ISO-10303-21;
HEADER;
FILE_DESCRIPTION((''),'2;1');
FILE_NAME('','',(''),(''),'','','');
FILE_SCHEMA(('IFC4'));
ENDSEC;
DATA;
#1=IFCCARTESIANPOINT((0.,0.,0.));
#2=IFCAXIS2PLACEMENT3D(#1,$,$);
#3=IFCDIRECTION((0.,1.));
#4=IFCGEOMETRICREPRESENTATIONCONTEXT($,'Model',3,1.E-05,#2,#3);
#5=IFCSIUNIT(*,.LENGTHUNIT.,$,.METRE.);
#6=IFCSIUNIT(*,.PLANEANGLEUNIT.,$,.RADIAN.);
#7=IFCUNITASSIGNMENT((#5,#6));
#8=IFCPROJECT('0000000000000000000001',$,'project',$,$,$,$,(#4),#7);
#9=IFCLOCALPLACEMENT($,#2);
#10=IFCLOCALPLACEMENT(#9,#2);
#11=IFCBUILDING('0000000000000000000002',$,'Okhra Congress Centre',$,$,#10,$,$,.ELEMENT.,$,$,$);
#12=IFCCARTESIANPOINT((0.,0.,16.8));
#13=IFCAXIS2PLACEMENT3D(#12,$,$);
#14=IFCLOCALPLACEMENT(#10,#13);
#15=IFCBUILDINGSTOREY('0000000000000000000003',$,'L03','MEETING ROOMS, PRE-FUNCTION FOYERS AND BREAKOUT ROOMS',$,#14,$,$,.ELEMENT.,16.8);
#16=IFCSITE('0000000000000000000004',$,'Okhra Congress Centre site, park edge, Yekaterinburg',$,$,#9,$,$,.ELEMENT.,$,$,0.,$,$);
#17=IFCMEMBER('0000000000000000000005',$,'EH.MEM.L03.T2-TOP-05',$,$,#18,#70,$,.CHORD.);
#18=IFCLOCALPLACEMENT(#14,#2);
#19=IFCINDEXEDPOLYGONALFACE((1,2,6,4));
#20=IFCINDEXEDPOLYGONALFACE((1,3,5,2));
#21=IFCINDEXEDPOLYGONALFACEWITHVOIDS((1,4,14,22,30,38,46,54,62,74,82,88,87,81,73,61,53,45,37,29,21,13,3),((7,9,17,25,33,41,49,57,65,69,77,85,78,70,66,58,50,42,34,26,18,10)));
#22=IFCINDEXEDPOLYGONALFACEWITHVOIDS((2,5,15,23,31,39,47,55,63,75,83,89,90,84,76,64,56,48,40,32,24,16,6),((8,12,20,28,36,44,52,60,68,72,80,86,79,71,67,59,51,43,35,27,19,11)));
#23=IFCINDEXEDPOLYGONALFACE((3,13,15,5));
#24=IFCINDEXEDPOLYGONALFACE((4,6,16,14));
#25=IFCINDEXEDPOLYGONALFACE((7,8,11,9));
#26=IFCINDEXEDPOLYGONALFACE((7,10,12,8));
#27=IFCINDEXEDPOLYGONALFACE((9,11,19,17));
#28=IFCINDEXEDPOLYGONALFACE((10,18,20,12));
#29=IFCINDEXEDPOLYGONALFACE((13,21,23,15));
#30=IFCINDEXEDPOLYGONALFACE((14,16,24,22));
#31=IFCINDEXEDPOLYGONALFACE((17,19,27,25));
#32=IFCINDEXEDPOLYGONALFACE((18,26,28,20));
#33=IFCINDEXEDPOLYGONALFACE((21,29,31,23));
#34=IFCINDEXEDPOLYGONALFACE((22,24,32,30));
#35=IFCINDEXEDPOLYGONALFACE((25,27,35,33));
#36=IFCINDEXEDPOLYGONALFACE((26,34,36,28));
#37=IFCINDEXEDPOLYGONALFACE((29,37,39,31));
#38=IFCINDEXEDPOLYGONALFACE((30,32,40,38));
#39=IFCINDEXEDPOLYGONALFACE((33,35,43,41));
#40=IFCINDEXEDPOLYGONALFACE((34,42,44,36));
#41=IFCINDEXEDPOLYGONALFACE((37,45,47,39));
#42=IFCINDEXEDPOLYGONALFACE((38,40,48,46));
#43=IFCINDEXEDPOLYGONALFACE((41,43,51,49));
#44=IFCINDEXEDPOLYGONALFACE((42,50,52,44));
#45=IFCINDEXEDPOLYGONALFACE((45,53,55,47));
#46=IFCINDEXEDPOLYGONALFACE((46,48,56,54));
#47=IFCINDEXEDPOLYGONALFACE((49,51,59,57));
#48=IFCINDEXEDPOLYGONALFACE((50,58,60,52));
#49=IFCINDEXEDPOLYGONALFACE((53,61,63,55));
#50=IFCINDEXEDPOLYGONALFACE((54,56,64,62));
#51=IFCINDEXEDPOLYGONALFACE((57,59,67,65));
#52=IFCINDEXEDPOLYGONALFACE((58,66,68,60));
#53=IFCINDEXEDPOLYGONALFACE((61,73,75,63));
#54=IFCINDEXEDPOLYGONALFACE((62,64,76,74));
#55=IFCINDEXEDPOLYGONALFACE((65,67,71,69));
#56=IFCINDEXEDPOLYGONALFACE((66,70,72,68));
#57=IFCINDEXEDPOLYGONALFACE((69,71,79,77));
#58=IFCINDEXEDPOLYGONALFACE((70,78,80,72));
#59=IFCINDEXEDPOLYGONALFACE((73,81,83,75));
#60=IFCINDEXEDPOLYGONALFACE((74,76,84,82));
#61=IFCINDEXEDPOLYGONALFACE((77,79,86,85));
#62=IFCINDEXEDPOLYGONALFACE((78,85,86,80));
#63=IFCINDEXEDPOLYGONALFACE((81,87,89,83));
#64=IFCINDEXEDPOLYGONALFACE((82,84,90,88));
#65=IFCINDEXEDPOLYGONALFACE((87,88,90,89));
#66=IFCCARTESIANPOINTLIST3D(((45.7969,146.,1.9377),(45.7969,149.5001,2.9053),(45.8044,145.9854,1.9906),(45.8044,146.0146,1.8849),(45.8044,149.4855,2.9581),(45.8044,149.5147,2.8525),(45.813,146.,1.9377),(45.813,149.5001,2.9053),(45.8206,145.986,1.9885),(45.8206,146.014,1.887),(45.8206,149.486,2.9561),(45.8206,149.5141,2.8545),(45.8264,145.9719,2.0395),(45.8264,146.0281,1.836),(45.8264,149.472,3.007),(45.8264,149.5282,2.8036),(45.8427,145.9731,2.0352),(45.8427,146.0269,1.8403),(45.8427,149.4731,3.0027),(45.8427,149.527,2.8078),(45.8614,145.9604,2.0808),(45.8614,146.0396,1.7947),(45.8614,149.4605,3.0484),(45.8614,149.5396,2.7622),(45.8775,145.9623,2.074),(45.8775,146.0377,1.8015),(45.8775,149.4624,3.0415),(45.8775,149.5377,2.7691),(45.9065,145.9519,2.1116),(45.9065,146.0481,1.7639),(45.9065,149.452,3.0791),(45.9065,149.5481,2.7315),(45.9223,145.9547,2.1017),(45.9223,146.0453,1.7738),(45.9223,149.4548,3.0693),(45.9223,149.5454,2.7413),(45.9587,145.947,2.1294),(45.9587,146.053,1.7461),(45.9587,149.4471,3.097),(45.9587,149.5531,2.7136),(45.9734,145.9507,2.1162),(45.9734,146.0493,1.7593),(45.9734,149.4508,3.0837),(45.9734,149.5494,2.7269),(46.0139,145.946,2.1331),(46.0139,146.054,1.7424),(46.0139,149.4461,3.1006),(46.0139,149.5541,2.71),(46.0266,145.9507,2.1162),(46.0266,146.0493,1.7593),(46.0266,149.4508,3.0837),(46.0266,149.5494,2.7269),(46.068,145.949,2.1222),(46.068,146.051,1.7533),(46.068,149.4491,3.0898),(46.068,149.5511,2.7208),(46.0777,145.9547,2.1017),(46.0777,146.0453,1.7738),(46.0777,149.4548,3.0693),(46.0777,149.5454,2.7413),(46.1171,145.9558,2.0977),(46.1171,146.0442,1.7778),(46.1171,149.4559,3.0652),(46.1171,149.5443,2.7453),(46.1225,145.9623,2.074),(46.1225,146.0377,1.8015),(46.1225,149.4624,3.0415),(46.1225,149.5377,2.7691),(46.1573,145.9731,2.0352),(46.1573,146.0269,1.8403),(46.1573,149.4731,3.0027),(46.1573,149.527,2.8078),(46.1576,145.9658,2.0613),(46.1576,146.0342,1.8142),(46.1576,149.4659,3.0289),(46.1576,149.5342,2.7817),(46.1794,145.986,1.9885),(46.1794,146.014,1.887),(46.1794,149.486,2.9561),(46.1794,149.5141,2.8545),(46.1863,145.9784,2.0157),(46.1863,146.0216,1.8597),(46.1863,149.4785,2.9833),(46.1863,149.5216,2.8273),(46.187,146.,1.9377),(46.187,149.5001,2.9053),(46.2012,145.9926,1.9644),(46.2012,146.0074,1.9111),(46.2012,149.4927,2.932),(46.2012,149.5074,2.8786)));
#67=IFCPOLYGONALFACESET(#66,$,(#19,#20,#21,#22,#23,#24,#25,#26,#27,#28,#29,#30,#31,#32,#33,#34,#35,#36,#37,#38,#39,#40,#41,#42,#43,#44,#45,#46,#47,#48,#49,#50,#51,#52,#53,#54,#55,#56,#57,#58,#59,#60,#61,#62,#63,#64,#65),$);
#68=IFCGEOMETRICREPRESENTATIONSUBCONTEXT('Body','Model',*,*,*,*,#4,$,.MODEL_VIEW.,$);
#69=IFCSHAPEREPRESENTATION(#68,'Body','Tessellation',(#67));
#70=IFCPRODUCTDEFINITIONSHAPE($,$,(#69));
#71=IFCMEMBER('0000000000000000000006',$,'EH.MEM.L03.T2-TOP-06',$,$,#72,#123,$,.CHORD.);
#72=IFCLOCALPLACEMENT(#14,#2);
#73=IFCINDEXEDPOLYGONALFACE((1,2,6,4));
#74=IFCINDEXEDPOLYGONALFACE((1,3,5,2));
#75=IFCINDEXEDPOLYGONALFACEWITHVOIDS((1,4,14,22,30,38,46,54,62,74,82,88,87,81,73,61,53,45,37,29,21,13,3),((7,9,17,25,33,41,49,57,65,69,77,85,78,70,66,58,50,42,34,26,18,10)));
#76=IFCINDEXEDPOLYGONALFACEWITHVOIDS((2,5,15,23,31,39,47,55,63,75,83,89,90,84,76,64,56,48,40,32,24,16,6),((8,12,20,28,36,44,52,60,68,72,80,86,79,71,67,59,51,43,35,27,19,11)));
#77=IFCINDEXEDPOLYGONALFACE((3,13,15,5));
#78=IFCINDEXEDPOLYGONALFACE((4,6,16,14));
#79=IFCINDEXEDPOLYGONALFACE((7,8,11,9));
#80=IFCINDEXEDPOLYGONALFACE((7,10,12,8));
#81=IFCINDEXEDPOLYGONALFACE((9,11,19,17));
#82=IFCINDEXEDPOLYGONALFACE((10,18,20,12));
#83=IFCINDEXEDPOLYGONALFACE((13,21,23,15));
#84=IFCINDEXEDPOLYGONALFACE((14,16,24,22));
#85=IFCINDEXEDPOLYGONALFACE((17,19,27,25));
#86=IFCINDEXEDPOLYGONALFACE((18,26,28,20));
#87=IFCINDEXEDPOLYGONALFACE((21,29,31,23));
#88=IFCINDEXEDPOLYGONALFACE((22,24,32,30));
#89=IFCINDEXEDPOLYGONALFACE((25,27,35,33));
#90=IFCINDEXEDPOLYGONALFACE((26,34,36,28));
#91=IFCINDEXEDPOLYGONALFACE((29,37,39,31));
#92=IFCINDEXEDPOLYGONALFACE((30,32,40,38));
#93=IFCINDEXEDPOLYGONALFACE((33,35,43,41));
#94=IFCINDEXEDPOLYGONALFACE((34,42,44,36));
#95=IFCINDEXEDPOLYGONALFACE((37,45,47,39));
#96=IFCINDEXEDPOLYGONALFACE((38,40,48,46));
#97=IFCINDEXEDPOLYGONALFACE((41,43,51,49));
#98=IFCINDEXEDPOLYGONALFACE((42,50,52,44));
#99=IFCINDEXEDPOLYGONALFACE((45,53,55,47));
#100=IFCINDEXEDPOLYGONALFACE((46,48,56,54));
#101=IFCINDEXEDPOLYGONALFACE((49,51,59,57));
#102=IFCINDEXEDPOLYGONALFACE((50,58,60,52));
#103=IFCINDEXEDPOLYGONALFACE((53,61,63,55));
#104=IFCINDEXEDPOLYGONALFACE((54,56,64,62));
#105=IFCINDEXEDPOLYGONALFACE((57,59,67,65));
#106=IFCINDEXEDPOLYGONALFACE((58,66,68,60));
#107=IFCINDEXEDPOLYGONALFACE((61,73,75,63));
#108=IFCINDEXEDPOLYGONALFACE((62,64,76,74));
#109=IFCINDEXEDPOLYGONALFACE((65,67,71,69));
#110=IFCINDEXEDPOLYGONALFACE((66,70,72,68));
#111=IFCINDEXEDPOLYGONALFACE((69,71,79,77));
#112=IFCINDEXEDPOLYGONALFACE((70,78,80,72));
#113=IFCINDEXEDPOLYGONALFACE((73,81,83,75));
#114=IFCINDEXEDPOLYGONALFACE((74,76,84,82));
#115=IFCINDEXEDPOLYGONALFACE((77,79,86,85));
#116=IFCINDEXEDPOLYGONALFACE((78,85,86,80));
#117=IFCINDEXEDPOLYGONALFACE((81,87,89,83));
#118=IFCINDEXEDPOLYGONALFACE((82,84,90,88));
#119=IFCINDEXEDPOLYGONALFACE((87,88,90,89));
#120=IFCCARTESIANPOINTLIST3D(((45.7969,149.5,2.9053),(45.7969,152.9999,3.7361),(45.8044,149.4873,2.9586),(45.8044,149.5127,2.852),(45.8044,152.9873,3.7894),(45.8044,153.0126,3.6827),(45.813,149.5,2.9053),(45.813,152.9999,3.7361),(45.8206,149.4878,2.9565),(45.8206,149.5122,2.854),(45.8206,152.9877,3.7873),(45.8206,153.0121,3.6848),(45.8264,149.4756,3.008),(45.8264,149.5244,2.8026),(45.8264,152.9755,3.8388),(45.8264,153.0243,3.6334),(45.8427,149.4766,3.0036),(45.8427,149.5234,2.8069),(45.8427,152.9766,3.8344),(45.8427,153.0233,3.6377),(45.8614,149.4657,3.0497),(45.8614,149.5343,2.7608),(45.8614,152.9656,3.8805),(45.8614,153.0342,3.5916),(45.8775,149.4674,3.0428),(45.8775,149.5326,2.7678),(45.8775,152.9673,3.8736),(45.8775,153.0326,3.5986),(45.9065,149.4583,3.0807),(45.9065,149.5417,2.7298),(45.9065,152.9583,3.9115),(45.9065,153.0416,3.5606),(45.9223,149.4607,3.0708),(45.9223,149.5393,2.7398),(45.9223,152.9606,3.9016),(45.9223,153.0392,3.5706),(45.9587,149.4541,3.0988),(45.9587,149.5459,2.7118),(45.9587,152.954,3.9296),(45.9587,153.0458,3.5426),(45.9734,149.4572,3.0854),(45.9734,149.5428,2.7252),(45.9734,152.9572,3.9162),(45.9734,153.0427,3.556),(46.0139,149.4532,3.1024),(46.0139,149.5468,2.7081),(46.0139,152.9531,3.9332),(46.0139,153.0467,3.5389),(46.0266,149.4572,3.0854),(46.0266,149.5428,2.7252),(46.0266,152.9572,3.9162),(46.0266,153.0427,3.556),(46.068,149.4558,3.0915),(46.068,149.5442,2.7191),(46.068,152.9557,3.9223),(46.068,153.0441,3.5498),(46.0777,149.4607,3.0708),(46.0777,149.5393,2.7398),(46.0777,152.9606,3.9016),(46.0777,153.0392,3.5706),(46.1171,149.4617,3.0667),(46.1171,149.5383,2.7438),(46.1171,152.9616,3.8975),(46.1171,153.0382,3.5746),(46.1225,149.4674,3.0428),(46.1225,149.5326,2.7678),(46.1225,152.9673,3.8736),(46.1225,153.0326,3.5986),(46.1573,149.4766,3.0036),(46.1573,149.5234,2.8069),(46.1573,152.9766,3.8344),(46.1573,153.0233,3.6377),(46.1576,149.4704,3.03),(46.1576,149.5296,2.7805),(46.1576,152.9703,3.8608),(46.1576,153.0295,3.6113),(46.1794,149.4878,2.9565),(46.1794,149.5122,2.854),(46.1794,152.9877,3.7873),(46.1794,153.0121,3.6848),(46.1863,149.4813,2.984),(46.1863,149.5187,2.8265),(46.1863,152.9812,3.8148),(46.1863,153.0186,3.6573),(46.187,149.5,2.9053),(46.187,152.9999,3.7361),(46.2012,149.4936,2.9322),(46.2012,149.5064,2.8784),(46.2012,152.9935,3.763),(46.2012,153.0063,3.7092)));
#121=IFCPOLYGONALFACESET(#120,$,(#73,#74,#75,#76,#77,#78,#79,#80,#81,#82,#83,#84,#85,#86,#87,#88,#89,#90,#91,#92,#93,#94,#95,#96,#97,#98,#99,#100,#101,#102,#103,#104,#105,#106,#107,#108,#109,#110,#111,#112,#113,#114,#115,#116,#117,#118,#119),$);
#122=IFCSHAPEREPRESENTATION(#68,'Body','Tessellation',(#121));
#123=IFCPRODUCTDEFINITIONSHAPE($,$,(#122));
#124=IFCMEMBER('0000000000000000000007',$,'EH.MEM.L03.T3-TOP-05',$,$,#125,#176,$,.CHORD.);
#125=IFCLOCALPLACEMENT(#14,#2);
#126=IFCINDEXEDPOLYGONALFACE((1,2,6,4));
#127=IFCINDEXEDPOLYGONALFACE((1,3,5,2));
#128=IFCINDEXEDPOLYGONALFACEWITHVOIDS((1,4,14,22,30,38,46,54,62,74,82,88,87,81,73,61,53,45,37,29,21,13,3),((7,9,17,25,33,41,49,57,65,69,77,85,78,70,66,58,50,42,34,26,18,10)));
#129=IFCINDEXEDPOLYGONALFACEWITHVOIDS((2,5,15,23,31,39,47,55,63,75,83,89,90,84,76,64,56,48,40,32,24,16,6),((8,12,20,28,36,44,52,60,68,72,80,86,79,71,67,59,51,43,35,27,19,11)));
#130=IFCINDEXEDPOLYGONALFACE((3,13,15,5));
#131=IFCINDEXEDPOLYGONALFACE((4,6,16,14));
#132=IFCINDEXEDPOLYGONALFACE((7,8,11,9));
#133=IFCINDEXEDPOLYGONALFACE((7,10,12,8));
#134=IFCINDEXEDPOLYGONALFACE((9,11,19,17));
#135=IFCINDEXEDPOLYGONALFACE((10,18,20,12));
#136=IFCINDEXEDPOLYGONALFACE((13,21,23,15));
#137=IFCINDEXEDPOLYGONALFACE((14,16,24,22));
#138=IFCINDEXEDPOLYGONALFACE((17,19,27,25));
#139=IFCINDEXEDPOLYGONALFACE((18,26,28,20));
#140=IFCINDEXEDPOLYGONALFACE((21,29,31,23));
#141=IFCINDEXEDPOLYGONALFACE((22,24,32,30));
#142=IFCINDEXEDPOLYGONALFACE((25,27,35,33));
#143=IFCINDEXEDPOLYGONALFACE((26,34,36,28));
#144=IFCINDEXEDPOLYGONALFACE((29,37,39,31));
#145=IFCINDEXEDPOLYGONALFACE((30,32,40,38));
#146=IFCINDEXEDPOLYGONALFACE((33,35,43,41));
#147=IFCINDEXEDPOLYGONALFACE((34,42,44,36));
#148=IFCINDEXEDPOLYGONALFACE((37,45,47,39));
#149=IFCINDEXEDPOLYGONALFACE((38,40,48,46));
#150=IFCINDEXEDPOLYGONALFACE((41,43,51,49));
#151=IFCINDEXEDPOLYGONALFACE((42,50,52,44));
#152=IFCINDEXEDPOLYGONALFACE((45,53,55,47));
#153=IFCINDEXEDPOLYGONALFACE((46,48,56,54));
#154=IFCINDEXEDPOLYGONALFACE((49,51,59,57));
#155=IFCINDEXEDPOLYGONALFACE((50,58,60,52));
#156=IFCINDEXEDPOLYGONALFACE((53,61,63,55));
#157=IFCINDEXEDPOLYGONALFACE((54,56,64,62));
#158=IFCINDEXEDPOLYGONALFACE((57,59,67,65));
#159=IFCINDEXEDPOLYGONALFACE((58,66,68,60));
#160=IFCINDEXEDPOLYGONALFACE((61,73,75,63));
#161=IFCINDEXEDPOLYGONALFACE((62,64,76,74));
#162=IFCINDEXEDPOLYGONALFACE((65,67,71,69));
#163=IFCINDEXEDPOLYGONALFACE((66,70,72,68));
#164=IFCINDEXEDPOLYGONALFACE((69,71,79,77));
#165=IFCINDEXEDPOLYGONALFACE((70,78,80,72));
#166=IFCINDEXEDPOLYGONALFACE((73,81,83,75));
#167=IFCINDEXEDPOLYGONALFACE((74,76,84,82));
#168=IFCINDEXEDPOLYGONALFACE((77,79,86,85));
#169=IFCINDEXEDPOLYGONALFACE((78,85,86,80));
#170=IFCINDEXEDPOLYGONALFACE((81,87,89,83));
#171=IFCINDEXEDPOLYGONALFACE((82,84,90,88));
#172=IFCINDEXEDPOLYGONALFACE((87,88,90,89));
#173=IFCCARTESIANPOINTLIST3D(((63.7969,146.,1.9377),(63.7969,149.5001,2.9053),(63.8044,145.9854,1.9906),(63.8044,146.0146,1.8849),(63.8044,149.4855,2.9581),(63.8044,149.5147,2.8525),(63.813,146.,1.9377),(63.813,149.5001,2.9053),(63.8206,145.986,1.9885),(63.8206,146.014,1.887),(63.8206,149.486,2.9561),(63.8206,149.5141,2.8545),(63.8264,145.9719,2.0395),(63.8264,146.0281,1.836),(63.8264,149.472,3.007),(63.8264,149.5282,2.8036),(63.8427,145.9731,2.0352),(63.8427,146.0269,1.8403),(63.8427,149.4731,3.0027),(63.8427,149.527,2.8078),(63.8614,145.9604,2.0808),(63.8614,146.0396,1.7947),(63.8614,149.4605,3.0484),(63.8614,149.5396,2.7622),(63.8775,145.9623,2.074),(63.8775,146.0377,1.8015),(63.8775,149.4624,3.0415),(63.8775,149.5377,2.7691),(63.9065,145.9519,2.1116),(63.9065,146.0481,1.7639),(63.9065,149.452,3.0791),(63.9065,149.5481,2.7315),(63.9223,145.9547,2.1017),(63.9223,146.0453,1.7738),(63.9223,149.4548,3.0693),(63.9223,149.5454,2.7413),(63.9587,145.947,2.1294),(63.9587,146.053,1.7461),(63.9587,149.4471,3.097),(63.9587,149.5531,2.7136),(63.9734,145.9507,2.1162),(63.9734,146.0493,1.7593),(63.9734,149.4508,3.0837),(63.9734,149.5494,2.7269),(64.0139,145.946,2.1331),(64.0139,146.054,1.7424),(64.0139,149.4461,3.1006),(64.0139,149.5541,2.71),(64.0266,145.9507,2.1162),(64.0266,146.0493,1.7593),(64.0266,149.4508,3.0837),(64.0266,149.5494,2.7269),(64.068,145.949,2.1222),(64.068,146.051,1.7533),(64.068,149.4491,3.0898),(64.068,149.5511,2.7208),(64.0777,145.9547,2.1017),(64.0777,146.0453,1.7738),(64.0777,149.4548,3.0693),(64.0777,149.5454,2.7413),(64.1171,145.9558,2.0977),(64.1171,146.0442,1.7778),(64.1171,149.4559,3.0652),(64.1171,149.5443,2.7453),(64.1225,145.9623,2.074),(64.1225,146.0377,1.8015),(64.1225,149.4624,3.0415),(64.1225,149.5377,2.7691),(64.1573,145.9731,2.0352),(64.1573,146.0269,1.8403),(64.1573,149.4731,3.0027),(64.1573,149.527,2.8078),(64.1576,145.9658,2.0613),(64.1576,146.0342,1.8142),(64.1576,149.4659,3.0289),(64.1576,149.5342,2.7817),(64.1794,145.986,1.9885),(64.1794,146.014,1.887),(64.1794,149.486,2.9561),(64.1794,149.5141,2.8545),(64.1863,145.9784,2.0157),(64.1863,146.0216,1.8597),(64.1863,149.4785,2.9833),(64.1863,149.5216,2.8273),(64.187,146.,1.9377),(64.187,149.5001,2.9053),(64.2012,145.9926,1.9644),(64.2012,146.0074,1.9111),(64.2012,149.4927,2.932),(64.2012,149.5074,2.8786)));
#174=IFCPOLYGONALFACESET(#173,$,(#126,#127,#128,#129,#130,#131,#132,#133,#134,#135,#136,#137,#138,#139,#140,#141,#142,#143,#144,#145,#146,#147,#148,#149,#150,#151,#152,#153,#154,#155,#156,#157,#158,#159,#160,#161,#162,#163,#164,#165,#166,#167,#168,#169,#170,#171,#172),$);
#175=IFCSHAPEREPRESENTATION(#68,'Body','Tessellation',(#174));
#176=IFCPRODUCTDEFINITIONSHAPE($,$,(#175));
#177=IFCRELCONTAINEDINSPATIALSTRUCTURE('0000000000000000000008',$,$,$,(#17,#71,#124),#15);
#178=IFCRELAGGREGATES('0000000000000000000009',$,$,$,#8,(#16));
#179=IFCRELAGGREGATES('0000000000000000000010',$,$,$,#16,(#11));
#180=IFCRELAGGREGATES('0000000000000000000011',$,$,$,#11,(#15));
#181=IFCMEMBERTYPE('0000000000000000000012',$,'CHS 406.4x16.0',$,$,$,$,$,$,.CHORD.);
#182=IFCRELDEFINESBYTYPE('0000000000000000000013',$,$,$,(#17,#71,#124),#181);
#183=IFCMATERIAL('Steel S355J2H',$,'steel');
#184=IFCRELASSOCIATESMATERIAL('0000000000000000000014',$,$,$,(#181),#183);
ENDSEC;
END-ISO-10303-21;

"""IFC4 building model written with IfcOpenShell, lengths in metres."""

from ifc_helpers import new_model, si_unit, direction, frame, origin, origin_2d, place, context, subcontext, project, spatial, hollow_circle, extrude, material, material_profile, profile_set, type_object, element, save


model = new_model("IFC4")

# Units and contexts
model_context = context("Model", 3, precision=1e-05, world=origin(), true_north=direction((0.0, 1.0)))
body_context = subcontext(model_context, "Body", "Model", "MODEL_VIEW")
ifc_project = project(units=[si_unit("LENGTHUNIT", "METRE"), si_unit("PLANEANGLEUNIT", "RADIAN")], contexts=[model_context])

# Site, building, storey
site_placement = place(None, origin())
site = spatial("IfcSite", under=ifc_project, at=site_placement, Name="Okhra Congress Centre site, park edge, Yekaterinburg", CompositionType="ELEMENT", RefElevation=0.0)
building_placement = place(site_placement, origin())
building = spatial("IfcBuilding", under=site, at=building_placement, Name="Okhra Congress Centre", CompositionType="ELEMENT")
storey_placement = place(building_placement, frame((0.0, 0.0, 16.8)))
storey = spatial("IfcBuildingStorey", under=building, at=storey_placement, Name="L03", Description="MEETING ROOMS, PRE-FUNCTION FOYERS AND BREAKOUT ROOMS", CompositionType="ELEMENT", Elevation=16.8)

# Members
ifc_material_1 = material(Name="Steel S355J2H", Category="steel")
ifc_material_profile_1 = material_profile(ifc_material_1, hollow_circle(Radius=0.2031, WallThickness=0.0161, at=origin_2d()), Name="CHS 406.4x16.0")
ifc_profile_set_1 = profile_set([ifc_material_profile_1], Name="Steel S355J2H")
member_type_1 = type_object("IfcMemberType", Name="CHS 406.4x16.0", PredefinedType="CHORD", material=ifc_profile_set_1)
member_1_placement = place(storey_placement, frame((46.0, 146.0, 1.9377), z_axis=(0.0, 0.96385, 0.266444), x_axis=(-1.0, 0.0, 0.0)))
element("IfcMember", 1, at=member_1_placement, inside=storey, type_object=member_type_1, Name="EH.MEM.L03.T2-TOP-05", PredefinedType="CHORD", context=body_context, shape_type="SweptSolid", body=[
    extrude(hollow_circle(Radius=0.2031, WallThickness=0.0161, at=origin_2d()), origin(), (0.0, 0.0, 1.0), 3.6313),
])
member_2_placement = place(storey_placement, frame((46.0, 149.5, 2.9053), z_axis=(0.0, 0.972964, 0.230957), x_axis=(-1.0, 0.0, 0.0)))
element("IfcMember", 2, at=member_2_placement, inside=storey, type_object=member_type_1, Name="EH.MEM.L03.T2-TOP-06", PredefinedType="CHORD", context=body_context, shape_type="SweptSolid", body=[
    extrude(hollow_circle(Radius=0.2031, WallThickness=0.0161, at=origin_2d()), origin(), (0.0, 0.0, 1.0), 3.5972),
])
member_3_placement = place(storey_placement, frame((64.0, 146.0, 1.9377), z_axis=(0.0, 0.96385, 0.266444), x_axis=(-1.0, 0.0, 0.0)))
element("IfcMember", 3, at=member_3_placement, inside=storey, type_object=member_type_1, Name="EH.MEM.L03.T3-TOP-05", PredefinedType="CHORD", context=body_context, shape_type="SweptSolid", body=[
    extrude(hollow_circle(Radius=0.2031, WallThickness=0.0161, at=origin_2d()), origin(), (0.0, 0.0, 1.0), 3.6313),
])

save(model, "model.ifc")
